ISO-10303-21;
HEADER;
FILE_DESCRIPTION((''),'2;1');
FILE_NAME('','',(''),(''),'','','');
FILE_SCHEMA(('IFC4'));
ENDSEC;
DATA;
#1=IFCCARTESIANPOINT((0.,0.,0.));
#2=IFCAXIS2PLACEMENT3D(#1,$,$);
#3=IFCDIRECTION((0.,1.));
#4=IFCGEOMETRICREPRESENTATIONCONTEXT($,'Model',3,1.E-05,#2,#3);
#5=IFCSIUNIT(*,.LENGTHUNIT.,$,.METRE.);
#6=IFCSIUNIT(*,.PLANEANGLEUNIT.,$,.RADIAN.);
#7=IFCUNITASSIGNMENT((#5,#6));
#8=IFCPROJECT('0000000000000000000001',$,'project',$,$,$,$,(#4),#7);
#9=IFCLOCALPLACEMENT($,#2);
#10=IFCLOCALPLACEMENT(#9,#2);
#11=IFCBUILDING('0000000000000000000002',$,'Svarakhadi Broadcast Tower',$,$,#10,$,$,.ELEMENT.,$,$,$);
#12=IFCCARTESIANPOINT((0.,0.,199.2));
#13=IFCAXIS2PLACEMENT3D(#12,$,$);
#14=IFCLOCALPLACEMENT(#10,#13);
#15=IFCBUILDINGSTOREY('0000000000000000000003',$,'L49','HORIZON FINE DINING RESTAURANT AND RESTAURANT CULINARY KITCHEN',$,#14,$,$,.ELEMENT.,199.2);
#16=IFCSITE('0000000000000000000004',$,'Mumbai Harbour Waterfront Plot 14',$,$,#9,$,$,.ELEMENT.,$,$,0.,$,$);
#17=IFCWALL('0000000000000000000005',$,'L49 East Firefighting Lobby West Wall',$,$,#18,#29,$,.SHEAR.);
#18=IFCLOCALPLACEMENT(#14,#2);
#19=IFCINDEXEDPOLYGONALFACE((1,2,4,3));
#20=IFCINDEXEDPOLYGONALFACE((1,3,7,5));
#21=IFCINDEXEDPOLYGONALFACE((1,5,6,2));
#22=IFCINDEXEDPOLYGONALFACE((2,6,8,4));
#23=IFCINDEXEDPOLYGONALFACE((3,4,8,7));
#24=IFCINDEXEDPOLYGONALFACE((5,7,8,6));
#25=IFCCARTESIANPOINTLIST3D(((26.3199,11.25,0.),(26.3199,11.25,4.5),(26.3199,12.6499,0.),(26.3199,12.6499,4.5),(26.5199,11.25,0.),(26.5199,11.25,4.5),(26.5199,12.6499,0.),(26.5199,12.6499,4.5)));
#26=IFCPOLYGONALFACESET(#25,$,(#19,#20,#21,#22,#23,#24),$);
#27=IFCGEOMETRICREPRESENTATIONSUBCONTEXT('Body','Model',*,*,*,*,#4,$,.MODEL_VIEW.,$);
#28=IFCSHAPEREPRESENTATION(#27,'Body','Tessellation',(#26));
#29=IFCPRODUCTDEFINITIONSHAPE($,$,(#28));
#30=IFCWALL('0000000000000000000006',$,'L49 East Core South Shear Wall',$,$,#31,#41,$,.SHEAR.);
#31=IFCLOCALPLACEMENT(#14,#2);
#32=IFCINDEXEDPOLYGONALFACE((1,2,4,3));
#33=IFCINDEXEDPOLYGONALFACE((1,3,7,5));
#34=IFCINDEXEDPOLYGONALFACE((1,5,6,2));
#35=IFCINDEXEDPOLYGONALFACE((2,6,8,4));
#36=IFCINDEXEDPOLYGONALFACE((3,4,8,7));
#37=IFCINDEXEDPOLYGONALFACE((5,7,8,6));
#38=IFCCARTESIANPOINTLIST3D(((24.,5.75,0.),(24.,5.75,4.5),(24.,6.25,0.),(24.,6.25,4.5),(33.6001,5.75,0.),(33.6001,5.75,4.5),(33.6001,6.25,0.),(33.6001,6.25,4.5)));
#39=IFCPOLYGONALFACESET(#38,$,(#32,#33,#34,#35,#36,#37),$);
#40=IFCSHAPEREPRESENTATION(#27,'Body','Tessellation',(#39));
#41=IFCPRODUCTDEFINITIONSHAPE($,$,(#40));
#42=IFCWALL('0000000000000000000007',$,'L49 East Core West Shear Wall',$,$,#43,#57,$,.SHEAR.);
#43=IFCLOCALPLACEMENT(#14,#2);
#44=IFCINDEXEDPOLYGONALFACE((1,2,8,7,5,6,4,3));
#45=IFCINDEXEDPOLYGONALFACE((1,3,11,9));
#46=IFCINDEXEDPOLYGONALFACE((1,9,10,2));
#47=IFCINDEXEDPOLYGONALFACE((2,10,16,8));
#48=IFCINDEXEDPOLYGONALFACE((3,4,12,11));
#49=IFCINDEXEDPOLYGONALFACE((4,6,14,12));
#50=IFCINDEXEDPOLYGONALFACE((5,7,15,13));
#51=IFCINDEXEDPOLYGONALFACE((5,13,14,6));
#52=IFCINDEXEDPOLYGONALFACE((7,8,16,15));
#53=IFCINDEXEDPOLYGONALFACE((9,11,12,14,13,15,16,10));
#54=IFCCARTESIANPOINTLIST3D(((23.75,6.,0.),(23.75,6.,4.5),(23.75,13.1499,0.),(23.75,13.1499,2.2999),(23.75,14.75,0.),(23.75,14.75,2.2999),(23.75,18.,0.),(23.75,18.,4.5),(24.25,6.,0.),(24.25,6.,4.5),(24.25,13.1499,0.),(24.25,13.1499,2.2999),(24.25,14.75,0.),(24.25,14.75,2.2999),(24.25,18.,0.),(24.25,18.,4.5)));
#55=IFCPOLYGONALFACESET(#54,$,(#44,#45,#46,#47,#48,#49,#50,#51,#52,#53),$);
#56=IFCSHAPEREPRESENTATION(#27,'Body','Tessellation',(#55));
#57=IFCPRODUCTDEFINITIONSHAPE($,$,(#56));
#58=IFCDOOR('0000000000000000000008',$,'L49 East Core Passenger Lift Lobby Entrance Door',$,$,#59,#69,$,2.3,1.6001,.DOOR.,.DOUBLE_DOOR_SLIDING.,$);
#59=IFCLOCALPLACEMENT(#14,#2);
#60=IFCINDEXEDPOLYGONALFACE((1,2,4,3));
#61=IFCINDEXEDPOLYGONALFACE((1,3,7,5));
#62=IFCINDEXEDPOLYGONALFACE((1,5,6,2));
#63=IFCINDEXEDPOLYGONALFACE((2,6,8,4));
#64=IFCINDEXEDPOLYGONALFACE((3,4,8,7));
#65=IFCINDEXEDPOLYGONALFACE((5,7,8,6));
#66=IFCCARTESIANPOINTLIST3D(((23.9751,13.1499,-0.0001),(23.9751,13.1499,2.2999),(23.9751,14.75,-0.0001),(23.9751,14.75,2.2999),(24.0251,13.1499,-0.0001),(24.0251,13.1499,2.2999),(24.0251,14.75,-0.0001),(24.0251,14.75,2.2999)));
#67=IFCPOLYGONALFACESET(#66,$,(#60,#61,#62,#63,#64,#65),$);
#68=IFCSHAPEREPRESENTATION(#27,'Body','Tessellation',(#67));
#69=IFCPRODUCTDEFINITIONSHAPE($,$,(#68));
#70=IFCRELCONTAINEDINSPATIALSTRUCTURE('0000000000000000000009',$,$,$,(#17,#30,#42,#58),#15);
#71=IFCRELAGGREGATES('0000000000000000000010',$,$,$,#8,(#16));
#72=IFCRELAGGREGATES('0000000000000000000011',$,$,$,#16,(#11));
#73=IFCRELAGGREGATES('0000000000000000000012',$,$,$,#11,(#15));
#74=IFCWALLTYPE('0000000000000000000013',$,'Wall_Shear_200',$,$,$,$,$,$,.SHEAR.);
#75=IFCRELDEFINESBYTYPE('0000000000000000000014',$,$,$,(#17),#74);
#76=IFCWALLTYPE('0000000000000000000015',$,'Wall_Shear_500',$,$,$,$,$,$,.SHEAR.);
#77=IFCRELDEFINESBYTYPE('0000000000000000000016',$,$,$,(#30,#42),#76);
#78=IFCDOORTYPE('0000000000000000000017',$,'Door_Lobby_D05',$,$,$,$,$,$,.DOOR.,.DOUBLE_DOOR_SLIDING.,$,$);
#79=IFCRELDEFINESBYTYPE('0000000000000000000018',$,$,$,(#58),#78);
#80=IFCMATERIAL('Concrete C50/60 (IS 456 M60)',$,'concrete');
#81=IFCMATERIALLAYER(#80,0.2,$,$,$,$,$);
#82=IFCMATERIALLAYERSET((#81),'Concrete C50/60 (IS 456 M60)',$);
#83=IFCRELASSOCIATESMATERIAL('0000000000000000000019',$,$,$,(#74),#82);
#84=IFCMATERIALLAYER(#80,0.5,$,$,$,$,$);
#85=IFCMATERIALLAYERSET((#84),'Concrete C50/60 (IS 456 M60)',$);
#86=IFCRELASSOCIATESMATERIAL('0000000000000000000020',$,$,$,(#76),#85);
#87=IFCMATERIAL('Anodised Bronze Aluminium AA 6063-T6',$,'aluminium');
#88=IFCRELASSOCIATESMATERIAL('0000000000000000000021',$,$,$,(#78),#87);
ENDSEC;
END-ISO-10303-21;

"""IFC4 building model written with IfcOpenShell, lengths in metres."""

from ifc_helpers import new_model, si_unit, direction, frame, frame_2d, origin, place, context, subcontext, project, spatial, rectangle, extrude, material, layer, layer_set, type_object, element, fill, save


model = new_model("IFC4")

# Units and contexts
model_context = context("Model", 3, precision=1e-05, world=origin(), true_north=direction((0.0, 1.0)))
body_context = subcontext(model_context, "Body", "Model", "MODEL_VIEW")
ifc_project = project(units=[si_unit("LENGTHUNIT", "METRE"), si_unit("PLANEANGLEUNIT", "RADIAN")], contexts=[model_context])

# Site, building, storey
site_placement = place(None, origin())
site = spatial("IfcSite", under=ifc_project, at=site_placement, Name="Mumbai Harbour Waterfront Plot 14", CompositionType="ELEMENT", RefElevation=0.0)
building_placement = place(site_placement, origin())
building = spatial("IfcBuilding", under=site, at=building_placement, Name="Svarakhadi Broadcast Tower", CompositionType="ELEMENT")
storey_placement = place(building_placement, frame((0.0, 0.0, 199.2)))
storey = spatial("IfcBuildingStorey", under=building, at=storey_placement, Name="L49", Description="HORIZON FINE DINING RESTAURANT AND RESTAURANT CULINARY KITCHEN", CompositionType="ELEMENT", Elevation=199.2)

# Shared definitions
ifc_material_1 = material(Name="Concrete C50/60 (IS 456 M60)", Category="concrete")

# Shared definitions
ifc_layer_1 = layer(ifc_material_1, 0.2)
ifc_layer_set_1 = layer_set([ifc_layer_1], Name="Concrete C50/60 (IS 456 M60)")
wall_type_1 = type_object("IfcWallType", Name="Wall_Shear_200", PredefinedType="SHEAR", material=ifc_layer_set_1)

# Walls
wall_1_placement = place(storey_placement, frame((26.4199, 11.25, 0.0), z_axis=(0.0, 0.0, 1.0), x_axis=(0.0, 1.0, 0.0)))
element("IfcWall", 1, at=wall_1_placement, inside=storey, type_object=wall_type_1, Name="L49 East Firefighting Lobby West Wall", PredefinedType="SHEAR", context=body_context, shape_type="SweptSolid", body=[
    extrude(rectangle(XDim=1.3999, YDim=0.2, at=frame_2d((0.7, 0.0))), origin(), (0.0, 0.0, 1.0), 4.5),
])
ifc_layer_2 = layer(ifc_material_1, 0.5)
ifc_layer_set_2 = layer_set([ifc_layer_2], Name="Concrete C50/60 (IS 456 M60)")
wall_type_2 = type_object("IfcWallType", Name="Wall_Shear_500", PredefinedType="SHEAR", material=ifc_layer_set_2)
wall_2_placement = place(storey_placement, frame((24.0, 6.0, 0.0), z_axis=(0.0, 0.0, 1.0), x_axis=(1.0, 0.0, 0.0)))
element("IfcWall", 2, at=wall_2_placement, inside=storey, type_object=wall_type_2, Name="L49 East Core South Shear Wall", PredefinedType="SHEAR", context=body_context, shape_type="SweptSolid", body=[
    extrude(rectangle(XDim=9.6001, YDim=0.5, at=frame_2d((4.8, 0.0))), origin(), (0.0, 0.0, 1.0), 4.5),
])

# Wall, opening, door
wall_3_placement = place(storey_placement, frame((24.0, 6.0, 0.0), z_axis=(0.0, 0.0, 1.0), x_axis=(0.0, 1.0, 0.0)))
wall_3 = element("IfcWall", 3, at=wall_3_placement, inside=storey, type_object=wall_type_2, Name="L49 East Core West Shear Wall", PredefinedType="SHEAR", context=body_context, shape_type="SweptSolid", body=[
    extrude(rectangle(XDim=12.0, YDim=0.5, at=frame_2d((6.0, 0.0))), origin(), (0.0, 0.0, 1.0), 4.5),
])
opening_1_placement = place(wall_3_placement, frame((7.1499, 0.0, 0.0)))
opening_1 = element("IfcOpeningElement", 4, at=opening_1_placement, cuts=wall_3, PredefinedType="OPENING", context=body_context, shape_type="SweptSolid", body=[
    extrude(rectangle(XDim=1.6001, YDim=2.3, at=frame_2d((0.8, 1.1499))), frame((0.0, 0.26, 0.0), z_axis=(0.0, -1.0, 0.0), x_axis=(1.0, 0.0, 0.0)), (0.0, 0.0, 1.0), 0.52),
])
ifc_material_2 = material(Name="Anodised Bronze Aluminium AA 6063-T6", Category="aluminium")
door_type_1 = type_object("IfcDoorType", Name="Door_Lobby_D05", OperationType="DOUBLE_DOOR_SLIDING", PredefinedType="DOOR", material=ifc_material_2)
door_1_placement = place(opening_1_placement, origin())
door_1 = element("IfcDoor", 5, at=door_1_placement, inside=storey, type_object=door_type_1, Name="L49 East Core Passenger Lift Lobby Entrance Door", OperationType="DOUBLE_DOOR_SLIDING", OverallHeight=2.3, OverallWidth=1.6001, PredefinedType="DOOR", context=body_context, shape_type="SweptSolid", body=[
    extrude(rectangle(XDim=1.6001, YDim=2.3, at=frame_2d((0.8, 1.1499))), frame((0.0, 0.0249, 0.0), z_axis=(0.0, -1.0, 0.0), x_axis=(1.0, 0.0, 0.0)), (0.0, 0.0, 1.0), 0.05),
])
fill(opening_1, door_1)

save(model, "model.ifc")
